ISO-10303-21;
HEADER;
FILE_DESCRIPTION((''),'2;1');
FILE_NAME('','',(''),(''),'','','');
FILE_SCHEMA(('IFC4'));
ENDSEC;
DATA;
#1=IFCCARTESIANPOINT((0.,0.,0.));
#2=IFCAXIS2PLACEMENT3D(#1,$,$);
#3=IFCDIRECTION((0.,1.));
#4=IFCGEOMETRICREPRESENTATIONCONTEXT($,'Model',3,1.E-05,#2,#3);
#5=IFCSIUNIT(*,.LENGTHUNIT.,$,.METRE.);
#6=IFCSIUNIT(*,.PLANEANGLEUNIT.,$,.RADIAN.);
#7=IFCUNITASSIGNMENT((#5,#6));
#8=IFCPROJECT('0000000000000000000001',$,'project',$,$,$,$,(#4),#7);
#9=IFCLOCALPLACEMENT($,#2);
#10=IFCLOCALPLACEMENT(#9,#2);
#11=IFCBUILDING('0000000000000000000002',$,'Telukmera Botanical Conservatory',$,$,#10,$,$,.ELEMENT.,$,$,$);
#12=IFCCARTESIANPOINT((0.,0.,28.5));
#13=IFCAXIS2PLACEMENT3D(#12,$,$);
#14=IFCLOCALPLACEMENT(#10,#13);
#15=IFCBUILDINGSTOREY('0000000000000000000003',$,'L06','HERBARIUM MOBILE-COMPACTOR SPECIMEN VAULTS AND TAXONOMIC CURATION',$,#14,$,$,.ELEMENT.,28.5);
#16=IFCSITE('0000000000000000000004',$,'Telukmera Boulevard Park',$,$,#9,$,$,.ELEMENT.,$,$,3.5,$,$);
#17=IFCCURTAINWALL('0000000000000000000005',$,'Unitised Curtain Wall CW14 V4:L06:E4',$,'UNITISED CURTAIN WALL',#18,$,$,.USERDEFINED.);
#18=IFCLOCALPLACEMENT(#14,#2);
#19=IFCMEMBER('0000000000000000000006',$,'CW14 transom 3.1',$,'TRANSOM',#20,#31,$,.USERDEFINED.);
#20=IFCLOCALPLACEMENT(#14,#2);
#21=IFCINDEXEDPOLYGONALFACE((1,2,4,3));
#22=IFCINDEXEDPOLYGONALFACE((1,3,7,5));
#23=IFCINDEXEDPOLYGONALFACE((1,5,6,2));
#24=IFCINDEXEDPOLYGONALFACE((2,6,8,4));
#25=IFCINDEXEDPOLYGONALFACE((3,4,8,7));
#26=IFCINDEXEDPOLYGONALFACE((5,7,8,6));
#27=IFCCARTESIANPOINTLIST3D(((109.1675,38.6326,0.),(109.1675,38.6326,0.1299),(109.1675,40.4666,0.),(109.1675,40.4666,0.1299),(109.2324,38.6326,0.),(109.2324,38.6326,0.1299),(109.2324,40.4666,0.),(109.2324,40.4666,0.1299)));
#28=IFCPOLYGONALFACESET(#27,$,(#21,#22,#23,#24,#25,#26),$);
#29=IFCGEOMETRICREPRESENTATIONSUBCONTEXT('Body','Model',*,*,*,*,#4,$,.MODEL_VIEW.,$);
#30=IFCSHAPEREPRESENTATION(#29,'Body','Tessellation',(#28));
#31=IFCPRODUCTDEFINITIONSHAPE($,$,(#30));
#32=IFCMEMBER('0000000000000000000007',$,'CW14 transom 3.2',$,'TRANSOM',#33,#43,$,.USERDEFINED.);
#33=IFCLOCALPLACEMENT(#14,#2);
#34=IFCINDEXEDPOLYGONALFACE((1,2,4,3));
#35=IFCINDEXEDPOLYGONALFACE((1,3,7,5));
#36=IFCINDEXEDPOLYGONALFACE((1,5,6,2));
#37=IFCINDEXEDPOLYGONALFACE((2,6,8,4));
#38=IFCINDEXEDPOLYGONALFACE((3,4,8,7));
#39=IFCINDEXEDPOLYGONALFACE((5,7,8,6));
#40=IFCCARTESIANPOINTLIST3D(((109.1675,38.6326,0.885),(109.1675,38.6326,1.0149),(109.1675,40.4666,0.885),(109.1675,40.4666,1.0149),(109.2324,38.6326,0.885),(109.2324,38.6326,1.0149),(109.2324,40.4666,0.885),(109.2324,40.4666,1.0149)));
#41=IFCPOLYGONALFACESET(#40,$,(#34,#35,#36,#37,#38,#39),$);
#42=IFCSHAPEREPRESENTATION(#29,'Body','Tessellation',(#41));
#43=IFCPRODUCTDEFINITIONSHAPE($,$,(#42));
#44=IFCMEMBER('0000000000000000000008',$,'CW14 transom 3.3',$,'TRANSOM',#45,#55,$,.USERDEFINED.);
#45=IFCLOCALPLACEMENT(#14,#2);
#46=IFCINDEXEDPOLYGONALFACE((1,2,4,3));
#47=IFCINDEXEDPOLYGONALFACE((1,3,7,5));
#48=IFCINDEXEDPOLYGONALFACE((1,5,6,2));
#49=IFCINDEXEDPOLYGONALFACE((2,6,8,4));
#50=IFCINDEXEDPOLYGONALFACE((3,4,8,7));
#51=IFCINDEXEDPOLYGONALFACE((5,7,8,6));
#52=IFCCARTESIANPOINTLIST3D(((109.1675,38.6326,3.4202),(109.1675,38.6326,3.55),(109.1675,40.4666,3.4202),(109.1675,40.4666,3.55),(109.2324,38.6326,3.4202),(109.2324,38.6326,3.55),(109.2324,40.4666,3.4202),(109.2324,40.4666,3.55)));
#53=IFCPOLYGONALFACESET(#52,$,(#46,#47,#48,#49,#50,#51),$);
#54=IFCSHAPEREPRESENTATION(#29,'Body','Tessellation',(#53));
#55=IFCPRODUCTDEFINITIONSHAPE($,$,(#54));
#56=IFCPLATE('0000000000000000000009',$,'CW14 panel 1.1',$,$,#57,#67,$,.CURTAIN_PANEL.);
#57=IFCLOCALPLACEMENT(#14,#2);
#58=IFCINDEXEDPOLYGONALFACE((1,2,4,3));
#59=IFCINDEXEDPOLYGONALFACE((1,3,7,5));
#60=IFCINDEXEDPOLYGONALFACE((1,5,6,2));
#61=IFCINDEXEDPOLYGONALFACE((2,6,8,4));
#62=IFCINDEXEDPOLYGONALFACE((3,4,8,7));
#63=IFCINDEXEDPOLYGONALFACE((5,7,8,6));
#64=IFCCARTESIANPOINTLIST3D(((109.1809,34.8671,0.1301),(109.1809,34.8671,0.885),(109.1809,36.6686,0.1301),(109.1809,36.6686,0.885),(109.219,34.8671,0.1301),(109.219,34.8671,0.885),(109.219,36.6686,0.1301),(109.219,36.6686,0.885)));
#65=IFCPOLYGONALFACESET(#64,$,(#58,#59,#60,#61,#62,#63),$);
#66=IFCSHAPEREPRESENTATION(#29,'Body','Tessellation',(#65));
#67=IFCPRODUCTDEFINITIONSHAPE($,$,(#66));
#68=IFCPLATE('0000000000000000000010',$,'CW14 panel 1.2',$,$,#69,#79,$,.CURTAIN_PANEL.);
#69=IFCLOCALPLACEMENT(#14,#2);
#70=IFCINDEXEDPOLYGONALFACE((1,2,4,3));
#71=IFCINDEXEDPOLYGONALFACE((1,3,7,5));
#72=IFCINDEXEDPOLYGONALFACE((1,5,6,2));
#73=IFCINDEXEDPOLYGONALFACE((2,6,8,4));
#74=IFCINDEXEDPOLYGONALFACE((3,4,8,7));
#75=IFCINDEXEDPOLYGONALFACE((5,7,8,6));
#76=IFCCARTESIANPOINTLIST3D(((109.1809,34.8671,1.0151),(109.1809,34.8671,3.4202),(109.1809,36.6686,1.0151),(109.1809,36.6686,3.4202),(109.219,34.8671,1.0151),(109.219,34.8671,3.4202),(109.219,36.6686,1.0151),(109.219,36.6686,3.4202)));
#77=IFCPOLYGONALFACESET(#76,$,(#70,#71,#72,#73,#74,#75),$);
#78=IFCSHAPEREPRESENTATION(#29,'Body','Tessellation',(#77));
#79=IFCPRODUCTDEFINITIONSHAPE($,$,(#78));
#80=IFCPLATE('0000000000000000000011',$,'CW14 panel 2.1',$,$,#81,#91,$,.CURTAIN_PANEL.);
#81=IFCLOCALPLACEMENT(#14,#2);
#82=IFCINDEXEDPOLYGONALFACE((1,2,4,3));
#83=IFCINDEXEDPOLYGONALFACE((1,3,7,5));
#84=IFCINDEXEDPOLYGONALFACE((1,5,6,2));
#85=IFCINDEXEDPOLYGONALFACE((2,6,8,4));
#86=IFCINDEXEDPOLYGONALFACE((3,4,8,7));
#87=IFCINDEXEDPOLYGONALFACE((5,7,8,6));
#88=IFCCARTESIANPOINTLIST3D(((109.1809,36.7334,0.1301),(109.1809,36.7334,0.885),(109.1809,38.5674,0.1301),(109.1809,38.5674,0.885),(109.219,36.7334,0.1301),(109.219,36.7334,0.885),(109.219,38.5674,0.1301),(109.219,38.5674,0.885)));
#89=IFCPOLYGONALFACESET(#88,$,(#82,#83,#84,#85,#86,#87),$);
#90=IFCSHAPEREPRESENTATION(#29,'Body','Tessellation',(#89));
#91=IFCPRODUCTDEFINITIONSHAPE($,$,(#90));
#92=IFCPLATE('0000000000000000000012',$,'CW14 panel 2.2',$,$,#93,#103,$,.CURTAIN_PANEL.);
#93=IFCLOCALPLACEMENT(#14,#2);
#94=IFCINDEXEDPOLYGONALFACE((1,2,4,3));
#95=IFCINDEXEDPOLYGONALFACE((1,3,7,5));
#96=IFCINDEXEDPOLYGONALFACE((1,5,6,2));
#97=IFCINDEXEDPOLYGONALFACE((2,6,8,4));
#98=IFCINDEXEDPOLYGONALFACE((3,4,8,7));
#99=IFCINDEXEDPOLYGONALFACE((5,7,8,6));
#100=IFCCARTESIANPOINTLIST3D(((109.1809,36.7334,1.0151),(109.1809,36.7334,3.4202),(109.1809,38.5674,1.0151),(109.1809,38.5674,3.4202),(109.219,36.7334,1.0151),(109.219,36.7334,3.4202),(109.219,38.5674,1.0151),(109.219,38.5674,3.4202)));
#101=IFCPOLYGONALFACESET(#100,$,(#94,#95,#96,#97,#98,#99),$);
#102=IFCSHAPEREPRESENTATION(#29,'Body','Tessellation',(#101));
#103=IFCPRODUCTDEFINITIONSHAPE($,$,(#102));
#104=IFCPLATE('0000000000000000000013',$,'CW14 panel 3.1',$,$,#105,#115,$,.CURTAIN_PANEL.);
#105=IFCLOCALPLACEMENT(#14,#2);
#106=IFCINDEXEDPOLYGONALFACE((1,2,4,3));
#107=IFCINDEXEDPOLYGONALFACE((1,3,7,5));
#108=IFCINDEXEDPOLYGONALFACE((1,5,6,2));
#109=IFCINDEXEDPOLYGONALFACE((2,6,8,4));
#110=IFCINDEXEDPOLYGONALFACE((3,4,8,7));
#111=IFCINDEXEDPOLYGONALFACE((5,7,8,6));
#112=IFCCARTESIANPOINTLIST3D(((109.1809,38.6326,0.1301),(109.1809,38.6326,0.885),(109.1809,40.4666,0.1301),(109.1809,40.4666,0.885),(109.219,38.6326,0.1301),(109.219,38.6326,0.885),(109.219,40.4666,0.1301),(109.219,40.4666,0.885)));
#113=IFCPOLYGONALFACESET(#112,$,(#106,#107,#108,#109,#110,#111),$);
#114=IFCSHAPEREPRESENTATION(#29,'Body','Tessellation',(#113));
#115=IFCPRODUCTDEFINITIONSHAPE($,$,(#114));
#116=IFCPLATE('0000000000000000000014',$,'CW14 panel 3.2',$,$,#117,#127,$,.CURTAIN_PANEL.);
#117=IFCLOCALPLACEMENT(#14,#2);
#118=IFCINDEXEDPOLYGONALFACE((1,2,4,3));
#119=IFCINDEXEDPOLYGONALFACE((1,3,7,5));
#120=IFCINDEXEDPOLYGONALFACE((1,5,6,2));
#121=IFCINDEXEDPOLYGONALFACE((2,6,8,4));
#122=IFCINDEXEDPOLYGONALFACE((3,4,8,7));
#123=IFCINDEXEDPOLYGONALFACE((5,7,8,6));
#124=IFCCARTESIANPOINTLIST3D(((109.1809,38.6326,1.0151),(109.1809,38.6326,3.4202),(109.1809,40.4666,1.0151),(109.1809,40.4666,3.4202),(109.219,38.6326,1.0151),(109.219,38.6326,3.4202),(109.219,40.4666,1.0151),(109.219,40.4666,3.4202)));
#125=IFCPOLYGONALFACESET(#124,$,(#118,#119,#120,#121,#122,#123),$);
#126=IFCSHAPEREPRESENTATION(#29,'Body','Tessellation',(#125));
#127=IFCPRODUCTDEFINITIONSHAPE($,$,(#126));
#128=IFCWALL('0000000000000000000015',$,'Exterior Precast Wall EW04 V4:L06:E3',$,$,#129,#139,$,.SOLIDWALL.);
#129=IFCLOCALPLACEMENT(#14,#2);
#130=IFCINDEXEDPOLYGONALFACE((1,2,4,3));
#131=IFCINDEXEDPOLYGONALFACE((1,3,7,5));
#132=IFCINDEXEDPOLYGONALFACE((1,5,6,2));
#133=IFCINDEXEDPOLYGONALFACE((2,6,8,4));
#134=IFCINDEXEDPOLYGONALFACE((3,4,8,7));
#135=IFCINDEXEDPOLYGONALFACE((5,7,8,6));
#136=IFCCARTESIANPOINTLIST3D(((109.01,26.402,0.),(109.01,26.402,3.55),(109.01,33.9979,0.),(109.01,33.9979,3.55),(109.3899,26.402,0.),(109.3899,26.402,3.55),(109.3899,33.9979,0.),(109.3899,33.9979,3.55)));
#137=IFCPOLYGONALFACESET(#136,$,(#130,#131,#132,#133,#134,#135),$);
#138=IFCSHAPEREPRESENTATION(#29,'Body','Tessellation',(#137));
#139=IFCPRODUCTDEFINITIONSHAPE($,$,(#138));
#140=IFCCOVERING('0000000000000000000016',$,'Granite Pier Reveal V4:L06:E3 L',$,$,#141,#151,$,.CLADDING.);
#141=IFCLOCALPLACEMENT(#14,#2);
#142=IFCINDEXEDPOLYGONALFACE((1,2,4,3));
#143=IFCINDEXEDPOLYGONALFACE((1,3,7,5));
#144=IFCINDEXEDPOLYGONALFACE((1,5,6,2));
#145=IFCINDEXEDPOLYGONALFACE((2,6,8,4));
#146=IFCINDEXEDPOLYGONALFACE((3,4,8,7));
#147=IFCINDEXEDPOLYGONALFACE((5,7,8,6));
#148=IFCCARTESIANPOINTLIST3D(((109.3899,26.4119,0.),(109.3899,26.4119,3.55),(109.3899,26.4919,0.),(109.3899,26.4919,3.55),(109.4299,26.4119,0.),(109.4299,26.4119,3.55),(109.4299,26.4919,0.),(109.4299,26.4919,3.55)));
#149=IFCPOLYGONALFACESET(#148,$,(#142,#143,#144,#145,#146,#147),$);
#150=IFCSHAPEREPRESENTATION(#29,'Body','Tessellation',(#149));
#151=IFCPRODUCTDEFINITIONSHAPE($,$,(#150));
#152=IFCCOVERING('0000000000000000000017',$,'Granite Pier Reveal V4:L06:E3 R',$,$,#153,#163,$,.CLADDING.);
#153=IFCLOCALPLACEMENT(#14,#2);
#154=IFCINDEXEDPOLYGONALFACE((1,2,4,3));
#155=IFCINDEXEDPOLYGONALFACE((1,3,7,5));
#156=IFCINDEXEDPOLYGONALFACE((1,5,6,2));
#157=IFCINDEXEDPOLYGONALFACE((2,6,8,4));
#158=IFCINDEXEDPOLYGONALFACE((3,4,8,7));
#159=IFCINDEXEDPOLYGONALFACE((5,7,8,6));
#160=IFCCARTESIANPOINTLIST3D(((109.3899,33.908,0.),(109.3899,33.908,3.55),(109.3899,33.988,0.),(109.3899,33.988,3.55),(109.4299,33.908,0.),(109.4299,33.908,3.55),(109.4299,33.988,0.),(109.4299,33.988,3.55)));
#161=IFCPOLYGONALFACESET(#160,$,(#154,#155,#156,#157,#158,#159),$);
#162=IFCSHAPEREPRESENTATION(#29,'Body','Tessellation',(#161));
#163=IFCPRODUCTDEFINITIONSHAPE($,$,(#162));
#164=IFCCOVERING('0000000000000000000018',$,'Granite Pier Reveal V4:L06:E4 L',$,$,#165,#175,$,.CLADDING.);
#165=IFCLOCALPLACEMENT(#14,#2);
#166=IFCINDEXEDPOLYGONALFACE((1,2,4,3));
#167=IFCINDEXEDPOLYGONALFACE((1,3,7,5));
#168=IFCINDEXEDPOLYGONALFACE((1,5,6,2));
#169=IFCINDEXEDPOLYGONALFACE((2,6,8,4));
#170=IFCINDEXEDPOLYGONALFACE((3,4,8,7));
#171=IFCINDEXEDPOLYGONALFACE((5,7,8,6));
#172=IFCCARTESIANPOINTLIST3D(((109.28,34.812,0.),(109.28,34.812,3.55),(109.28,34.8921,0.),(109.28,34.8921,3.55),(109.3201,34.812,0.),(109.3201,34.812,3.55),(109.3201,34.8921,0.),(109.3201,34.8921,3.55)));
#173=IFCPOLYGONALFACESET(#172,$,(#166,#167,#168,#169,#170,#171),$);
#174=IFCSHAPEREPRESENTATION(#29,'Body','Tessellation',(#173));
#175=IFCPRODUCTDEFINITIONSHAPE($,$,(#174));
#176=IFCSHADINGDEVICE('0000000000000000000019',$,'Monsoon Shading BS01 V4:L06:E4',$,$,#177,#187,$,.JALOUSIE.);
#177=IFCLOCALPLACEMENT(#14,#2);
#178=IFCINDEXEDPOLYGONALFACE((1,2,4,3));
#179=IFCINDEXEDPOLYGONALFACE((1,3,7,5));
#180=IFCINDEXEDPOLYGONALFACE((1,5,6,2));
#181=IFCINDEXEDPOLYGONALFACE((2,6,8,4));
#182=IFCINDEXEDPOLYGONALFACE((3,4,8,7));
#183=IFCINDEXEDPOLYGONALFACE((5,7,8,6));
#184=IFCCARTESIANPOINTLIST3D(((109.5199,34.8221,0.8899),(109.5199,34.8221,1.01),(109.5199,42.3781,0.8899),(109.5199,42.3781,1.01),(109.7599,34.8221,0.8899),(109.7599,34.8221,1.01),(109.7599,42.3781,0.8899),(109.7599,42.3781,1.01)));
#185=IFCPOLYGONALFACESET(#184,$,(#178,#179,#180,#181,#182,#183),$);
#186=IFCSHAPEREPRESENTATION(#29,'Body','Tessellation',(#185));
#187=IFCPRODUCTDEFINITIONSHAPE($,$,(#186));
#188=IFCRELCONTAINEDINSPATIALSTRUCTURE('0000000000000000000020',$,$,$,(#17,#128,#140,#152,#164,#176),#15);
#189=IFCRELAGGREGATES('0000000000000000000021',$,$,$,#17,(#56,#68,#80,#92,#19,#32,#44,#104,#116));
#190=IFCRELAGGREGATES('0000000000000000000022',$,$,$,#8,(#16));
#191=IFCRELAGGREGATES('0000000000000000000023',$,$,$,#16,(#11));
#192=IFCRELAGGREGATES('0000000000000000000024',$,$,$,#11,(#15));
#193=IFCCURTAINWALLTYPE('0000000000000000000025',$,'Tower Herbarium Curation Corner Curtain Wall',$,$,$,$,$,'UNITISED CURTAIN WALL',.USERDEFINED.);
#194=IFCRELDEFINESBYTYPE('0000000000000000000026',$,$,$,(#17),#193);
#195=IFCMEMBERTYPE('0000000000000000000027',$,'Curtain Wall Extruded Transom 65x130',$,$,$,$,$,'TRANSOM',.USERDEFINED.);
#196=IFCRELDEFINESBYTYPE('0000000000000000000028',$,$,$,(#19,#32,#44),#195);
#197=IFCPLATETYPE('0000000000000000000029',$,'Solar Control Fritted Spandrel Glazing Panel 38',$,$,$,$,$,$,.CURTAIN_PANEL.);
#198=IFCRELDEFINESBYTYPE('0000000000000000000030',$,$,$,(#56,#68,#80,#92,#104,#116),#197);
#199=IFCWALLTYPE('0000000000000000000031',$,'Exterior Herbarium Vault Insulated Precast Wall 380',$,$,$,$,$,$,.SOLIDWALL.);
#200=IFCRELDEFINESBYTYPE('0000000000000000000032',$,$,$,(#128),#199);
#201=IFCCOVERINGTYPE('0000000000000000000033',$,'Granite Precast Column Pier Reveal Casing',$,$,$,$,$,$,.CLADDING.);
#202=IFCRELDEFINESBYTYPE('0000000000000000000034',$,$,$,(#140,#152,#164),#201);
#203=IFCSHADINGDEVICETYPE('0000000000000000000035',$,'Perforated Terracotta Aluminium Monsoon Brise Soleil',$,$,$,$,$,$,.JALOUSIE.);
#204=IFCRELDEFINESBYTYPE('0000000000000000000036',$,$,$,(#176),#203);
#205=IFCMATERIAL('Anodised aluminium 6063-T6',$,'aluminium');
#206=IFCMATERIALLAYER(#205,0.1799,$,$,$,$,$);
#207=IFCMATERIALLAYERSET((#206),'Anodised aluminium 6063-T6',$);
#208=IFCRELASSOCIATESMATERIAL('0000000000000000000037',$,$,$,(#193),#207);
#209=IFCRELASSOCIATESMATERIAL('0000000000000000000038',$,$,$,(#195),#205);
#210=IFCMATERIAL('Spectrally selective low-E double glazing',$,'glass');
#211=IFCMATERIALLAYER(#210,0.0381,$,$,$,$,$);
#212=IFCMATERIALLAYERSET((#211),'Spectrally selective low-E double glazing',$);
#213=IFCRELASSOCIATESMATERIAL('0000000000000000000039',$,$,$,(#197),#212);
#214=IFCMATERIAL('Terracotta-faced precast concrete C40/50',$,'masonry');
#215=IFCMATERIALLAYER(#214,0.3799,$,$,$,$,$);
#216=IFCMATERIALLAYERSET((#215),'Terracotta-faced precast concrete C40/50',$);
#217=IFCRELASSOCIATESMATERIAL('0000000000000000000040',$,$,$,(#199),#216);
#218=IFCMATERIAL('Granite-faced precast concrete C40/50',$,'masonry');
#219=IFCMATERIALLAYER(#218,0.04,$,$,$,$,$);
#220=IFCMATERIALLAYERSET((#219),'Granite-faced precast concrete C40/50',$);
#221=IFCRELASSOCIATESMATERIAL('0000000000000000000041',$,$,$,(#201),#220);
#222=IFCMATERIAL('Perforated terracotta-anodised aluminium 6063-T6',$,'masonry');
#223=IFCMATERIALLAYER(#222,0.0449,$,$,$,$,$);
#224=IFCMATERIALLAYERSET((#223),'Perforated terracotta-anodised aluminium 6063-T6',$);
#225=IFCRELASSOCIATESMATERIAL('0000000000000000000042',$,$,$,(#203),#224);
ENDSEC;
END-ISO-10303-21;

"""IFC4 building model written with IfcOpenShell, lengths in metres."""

from ifc_helpers import new_model, si_unit, direction, frame, frame_2d, origin, origin_2d, place, context, subcontext, project, spatial, rectangle, extrude, material, layer, layer_set, material_profile, profile_set, type_object, element, aggregate, save


model = new_model("IFC4")

# Units and contexts
model_context = context("Model", 3, precision=1e-05, world=origin(), true_north=direction((0.0, 1.0)))
body_context = subcontext(model_context, "Body", "Model", "MODEL_VIEW")
ifc_project = project(units=[si_unit("LENGTHUNIT", "METRE"), si_unit("PLANEANGLEUNIT", "RADIAN")], contexts=[model_context])

# Site, building, storey
site_placement = place(None, origin())
site = spatial("IfcSite", under=ifc_project, at=site_placement, Name="Telukmera Boulevard Park", CompositionType="ELEMENT", RefElevation=3.5)
building_placement = place(site_placement, origin())
building = spatial("IfcBuilding", under=site, at=building_placement, Name="Telukmera Botanical Conservatory", CompositionType="ELEMENT")
storey_placement = place(building_placement, frame((0.0, 0.0, 28.5)))
storey = spatial("IfcBuildingStorey", under=building, at=storey_placement, Name="L06", Description="HERBARIUM MOBILE-COMPACTOR SPECIMEN VAULTS AND TAXONOMIC CURATION", CompositionType="ELEMENT", Elevation=28.5)

# Curtain wall, members, plates
ifc_material_1 = material(Name="Anodised aluminium 6063-T6", Category="aluminium")
ifc_layer_1 = layer(ifc_material_1, 0.1799)
ifc_layer_set_1 = layer_set([ifc_layer_1], Name="Anodised aluminium 6063-T6")
curtain_wall_type = type_object("IfcCurtainWallType", Name="Tower Herbarium Curation Corner Curtain Wall", ElementType="UNITISED CURTAIN WALL", PredefinedType="USERDEFINED", material=ifc_layer_set_1)
curtain_wall_placement = place(storey_placement, origin())
curtain_wall = element("IfcCurtainWall", 1, at=curtain_wall_placement, inside=storey, type_object=curtain_wall_type, Name="Unitised Curtain Wall CW14 V4:L06:E4", ObjectType="UNITISED CURTAIN WALL", PredefinedType="USERDEFINED")
ifc_material_profile_1 = material_profile(ifc_material_1, rectangle(XDim=0.0649, YDim=0.1299, at=origin_2d()), Name="ALU TRAN 65x130")
ifc_profile_set_1 = profile_set([ifc_material_profile_1], Name="Anodised aluminium 6063-T6")
member_type_1 = type_object("IfcMemberType", Name="Curtain Wall Extruded Transom 65x130", ElementType="TRANSOM", PredefinedType="USERDEFINED", material=ifc_profile_set_1)
member_1_placement = place(storey_placement, frame((109.2, 38.6326, 0.0649), z_axis=(0.0, 1.0, 0.0), x_axis=(-1.0, 0.0, 0.0)))
member_1 = element("IfcMember", 2, at=member_1_placement, type_object=member_type_1, Name="CW14 transom 3.1", ObjectType="TRANSOM", PredefinedType="USERDEFINED", context=body_context, shape_type="SweptSolid", body=[
    extrude(rectangle(XDim=0.0649, YDim=0.1299, at=origin_2d()), origin(), (0.0, 0.0, 1.0), 1.834),
])
member_2_placement = place(storey_placement, frame((109.2, 38.6326, 0.95), z_axis=(0.0, 1.0, 0.0), x_axis=(-1.0, 0.0, 0.0)))
member_2 = element("IfcMember", 3, at=member_2_placement, type_object=member_type_1, Name="CW14 transom 3.2", ObjectType="TRANSOM", PredefinedType="USERDEFINED", context=body_context, shape_type="SweptSolid", body=[
    extrude(rectangle(XDim=0.0649, YDim=0.1299, at=origin_2d()), origin(), (0.0, 0.0, 1.0), 1.834),
])
member_3_placement = place(storey_placement, frame((109.2, 38.6326, 3.4851), z_axis=(0.0, 1.0, 0.0), x_axis=(-1.0, 0.0, 0.0)))
member_3 = element("IfcMember", 4, at=member_3_placement, type_object=member_type_1, Name="CW14 transom 3.3", ObjectType="TRANSOM", PredefinedType="USERDEFINED", context=body_context, shape_type="SweptSolid", body=[
    extrude(rectangle(XDim=0.0649, YDim=0.1299, at=origin_2d()), origin(), (0.0, 0.0, 1.0), 1.834),
])
ifc_material_2 = material(Name="Spectrally selective low-E double glazing", Category="glass")
ifc_layer_2 = layer(ifc_material_2, 0.0381)
ifc_layer_set_2 = layer_set([ifc_layer_2], Name="Spectrally selective low-E double glazing")
plate_type = type_object("IfcPlateType", Name="Solar Control Fritted Spandrel Glazing Panel 38", PredefinedType="CURTAIN_PANEL", material=ifc_layer_set_2)
plate_1_placement = place(storey_placement, frame((109.2, 35.7678, 0.1301), z_axis=(0.0, 0.0, 1.0), x_axis=(0.0, 1.0, 0.0)))
plate_1 = element("IfcPlate", 5, at=plate_1_placement, type_object=plate_type, Name="CW14 panel 1.1", PredefinedType="CURTAIN_PANEL", context=body_context, shape_type="SweptSolid", body=[
    extrude(rectangle(XDim=1.8015, YDim=0.0381, at=origin_2d()), origin(), (0.0, 0.0, 1.0), 0.7549),
])
plate_2_placement = place(storey_placement, frame((109.2, 35.7678, 1.0151), z_axis=(0.0, 0.0, 1.0), x_axis=(0.0, 1.0, 0.0)))
plate_2 = element("IfcPlate", 6, at=plate_2_placement, type_object=plate_type, Name="CW14 panel 1.2", PredefinedType="CURTAIN_PANEL", context=body_context, shape_type="SweptSolid", body=[
    extrude(rectangle(XDim=1.8015, YDim=0.0381, at=origin_2d()), origin(), (0.0, 0.0, 1.0), 2.405),
])
plate_3_placement = place(storey_placement, frame((109.2, 37.6504, 0.1301), z_axis=(0.0, 0.0, 1.0), x_axis=(0.0, 1.0, 0.0)))
plate_3 = element("IfcPlate", 7, at=plate_3_placement, type_object=plate_type, Name="CW14 panel 2.1", PredefinedType="CURTAIN_PANEL", context=body_context, shape_type="SweptSolid", body=[
    extrude(rectangle(XDim=1.834, YDim=0.0381, at=origin_2d()), origin(), (0.0, 0.0, 1.0), 0.7549),
])
plate_4_placement = place(storey_placement, frame((109.2, 37.6504, 1.0151), z_axis=(0.0, 0.0, 1.0), x_axis=(0.0, 1.0, 0.0)))
plate_4 = element("IfcPlate", 8, at=plate_4_placement, type_object=plate_type, Name="CW14 panel 2.2", PredefinedType="CURTAIN_PANEL", context=body_context, shape_type="SweptSolid", body=[
    extrude(rectangle(XDim=1.834, YDim=0.0381, at=origin_2d()), origin(), (0.0, 0.0, 1.0), 2.405),
])
plate_5_placement = place(storey_placement, frame((109.2, 39.5496, 0.1301), z_axis=(0.0, 0.0, 1.0), x_axis=(0.0, 1.0, 0.0)))
plate_5 = element("IfcPlate", 9, at=plate_5_placement, type_object=plate_type, Name="CW14 panel 3.1", PredefinedType="CURTAIN_PANEL", context=body_context, shape_type="SweptSolid", body=[
    extrude(rectangle(XDim=1.834, YDim=0.0381, at=origin_2d()), origin(), (0.0, 0.0, 1.0), 0.7549),
])
plate_6_placement = place(storey_placement, frame((109.2, 39.5496, 1.0151), z_axis=(0.0, 0.0, 1.0), x_axis=(0.0, 1.0, 0.0)))
plate_6 = element("IfcPlate", 10, at=plate_6_placement, type_object=plate_type, Name="CW14 panel 3.2", PredefinedType="CURTAIN_PANEL", context=body_context, shape_type="SweptSolid", body=[
    extrude(rectangle(XDim=1.834, YDim=0.0381, at=origin_2d()), origin(), (0.0, 0.0, 1.0), 2.405),
])
aggregate(curtain_wall, [plate_1, plate_2, plate_3, plate_4, member_1, member_2, member_3, plate_5, plate_6])

# Wall
ifc_material_3 = material(Name="Terracotta-faced precast concrete C40/50", Category="masonry")
ifc_layer_3 = layer(ifc_material_3, 0.3799)
ifc_layer_set_3 = layer_set([ifc_layer_3], Name="Terracotta-faced precast concrete C40/50")
wall_type = type_object("IfcWallType", Name="Exterior Herbarium Vault Insulated Precast Wall 380", PredefinedType="SOLIDWALL", material=ifc_layer_set_3)
wall_placement = place(storey_placement, frame((109.2, 26.4021, 0.0), z_axis=(0.0, 0.0, 1.0), x_axis=(0.0, 1.0, 0.0)))
element("IfcWall", 11, at=wall_placement, inside=storey, type_object=wall_type, Name="Exterior Precast Wall EW04 V4:L06:E3", PredefinedType="SOLIDWALL", context=body_context, shape_type="SweptSolid", body=[
    extrude(rectangle(XDim=7.5959, YDim=0.3799, at=frame_2d((3.7979, 0.0))), origin(), (0.0, 0.0, 1.0), 3.55),
])

# Coverings
ifc_material_4 = material(Name="Granite-faced precast concrete C40/50", Category="masonry")
ifc_layer_4 = layer(ifc_material_4, 0.04)
ifc_layer_set_4 = layer_set([ifc_layer_4], Name="Granite-faced precast concrete C40/50")
covering_type_1 = type_object("IfcCoveringType", Name="Granite Precast Column Pier Reveal Casing", PredefinedType="CLADDING", material=ifc_layer_set_4)
for number, where, z_axis, x_axis, name in (
    (12, (109.4099, 26.4519, 0.0), (0.0, 0.0, 1.0), (0.0, 1.0, 0.0), "Granite Pier Reveal V4:L06:E3 L"),
    (13, (109.4099, 33.948, 0.0), (0.0, 0.0, 1.0), (0.0, 1.0, 0.0), "Granite Pier Reveal V4:L06:E3 R"),
    (14, (109.3, 34.8521, 0.0), (0.0, 0.0, 1.0), (0.0, 1.0, 0.0), "Granite Pier Reveal V4:L06:E4 L"),
):
    element("IfcCovering", number, at=place(storey_placement, frame(where, z_axis=z_axis, x_axis=x_axis)), inside=storey, type_object=covering_type_1, Name=name, PredefinedType="CLADDING", context=body_context, shape_type="SweptSolid", body=[
        extrude(rectangle(XDim=0.0801, YDim=0.04, at=origin_2d()), origin(), (0.0, 0.0, 1.0), 3.55),
    ])

# Shading device
ifc_material_5 = material(Name="Perforated terracotta-anodised aluminium 6063-T6", Category="masonry")
ifc_layer_5 = layer(ifc_material_5, 0.0449)
ifc_layer_set_5 = layer_set([ifc_layer_5], Name="Perforated terracotta-anodised aluminium 6063-T6")
shading_device_type = type_object("IfcShadingDeviceType", Name="Perforated Terracotta Aluminium Monsoon Brise Soleil", PredefinedType="JALOUSIE", material=ifc_layer_set_5)
shading_device_placement = place(storey_placement, frame((109.6399, 38.6001, 0.8899), z_axis=(0.0, 0.0, 1.0), x_axis=(0.0, 1.0, 0.0)))
element("IfcShadingDevice", 15, at=shading_device_placement, inside=storey, type_object=shading_device_type, Name="Monsoon Shading BS01 V4:L06:E4", PredefinedType="JALOUSIE", context=body_context, shape_type="SweptSolid", body=[
    extrude(rectangle(XDim=7.5559, YDim=0.24, at=origin_2d()), origin(), (0.0, 0.0, 1.0), 0.1201),
])

save(model, "model.ifc")
